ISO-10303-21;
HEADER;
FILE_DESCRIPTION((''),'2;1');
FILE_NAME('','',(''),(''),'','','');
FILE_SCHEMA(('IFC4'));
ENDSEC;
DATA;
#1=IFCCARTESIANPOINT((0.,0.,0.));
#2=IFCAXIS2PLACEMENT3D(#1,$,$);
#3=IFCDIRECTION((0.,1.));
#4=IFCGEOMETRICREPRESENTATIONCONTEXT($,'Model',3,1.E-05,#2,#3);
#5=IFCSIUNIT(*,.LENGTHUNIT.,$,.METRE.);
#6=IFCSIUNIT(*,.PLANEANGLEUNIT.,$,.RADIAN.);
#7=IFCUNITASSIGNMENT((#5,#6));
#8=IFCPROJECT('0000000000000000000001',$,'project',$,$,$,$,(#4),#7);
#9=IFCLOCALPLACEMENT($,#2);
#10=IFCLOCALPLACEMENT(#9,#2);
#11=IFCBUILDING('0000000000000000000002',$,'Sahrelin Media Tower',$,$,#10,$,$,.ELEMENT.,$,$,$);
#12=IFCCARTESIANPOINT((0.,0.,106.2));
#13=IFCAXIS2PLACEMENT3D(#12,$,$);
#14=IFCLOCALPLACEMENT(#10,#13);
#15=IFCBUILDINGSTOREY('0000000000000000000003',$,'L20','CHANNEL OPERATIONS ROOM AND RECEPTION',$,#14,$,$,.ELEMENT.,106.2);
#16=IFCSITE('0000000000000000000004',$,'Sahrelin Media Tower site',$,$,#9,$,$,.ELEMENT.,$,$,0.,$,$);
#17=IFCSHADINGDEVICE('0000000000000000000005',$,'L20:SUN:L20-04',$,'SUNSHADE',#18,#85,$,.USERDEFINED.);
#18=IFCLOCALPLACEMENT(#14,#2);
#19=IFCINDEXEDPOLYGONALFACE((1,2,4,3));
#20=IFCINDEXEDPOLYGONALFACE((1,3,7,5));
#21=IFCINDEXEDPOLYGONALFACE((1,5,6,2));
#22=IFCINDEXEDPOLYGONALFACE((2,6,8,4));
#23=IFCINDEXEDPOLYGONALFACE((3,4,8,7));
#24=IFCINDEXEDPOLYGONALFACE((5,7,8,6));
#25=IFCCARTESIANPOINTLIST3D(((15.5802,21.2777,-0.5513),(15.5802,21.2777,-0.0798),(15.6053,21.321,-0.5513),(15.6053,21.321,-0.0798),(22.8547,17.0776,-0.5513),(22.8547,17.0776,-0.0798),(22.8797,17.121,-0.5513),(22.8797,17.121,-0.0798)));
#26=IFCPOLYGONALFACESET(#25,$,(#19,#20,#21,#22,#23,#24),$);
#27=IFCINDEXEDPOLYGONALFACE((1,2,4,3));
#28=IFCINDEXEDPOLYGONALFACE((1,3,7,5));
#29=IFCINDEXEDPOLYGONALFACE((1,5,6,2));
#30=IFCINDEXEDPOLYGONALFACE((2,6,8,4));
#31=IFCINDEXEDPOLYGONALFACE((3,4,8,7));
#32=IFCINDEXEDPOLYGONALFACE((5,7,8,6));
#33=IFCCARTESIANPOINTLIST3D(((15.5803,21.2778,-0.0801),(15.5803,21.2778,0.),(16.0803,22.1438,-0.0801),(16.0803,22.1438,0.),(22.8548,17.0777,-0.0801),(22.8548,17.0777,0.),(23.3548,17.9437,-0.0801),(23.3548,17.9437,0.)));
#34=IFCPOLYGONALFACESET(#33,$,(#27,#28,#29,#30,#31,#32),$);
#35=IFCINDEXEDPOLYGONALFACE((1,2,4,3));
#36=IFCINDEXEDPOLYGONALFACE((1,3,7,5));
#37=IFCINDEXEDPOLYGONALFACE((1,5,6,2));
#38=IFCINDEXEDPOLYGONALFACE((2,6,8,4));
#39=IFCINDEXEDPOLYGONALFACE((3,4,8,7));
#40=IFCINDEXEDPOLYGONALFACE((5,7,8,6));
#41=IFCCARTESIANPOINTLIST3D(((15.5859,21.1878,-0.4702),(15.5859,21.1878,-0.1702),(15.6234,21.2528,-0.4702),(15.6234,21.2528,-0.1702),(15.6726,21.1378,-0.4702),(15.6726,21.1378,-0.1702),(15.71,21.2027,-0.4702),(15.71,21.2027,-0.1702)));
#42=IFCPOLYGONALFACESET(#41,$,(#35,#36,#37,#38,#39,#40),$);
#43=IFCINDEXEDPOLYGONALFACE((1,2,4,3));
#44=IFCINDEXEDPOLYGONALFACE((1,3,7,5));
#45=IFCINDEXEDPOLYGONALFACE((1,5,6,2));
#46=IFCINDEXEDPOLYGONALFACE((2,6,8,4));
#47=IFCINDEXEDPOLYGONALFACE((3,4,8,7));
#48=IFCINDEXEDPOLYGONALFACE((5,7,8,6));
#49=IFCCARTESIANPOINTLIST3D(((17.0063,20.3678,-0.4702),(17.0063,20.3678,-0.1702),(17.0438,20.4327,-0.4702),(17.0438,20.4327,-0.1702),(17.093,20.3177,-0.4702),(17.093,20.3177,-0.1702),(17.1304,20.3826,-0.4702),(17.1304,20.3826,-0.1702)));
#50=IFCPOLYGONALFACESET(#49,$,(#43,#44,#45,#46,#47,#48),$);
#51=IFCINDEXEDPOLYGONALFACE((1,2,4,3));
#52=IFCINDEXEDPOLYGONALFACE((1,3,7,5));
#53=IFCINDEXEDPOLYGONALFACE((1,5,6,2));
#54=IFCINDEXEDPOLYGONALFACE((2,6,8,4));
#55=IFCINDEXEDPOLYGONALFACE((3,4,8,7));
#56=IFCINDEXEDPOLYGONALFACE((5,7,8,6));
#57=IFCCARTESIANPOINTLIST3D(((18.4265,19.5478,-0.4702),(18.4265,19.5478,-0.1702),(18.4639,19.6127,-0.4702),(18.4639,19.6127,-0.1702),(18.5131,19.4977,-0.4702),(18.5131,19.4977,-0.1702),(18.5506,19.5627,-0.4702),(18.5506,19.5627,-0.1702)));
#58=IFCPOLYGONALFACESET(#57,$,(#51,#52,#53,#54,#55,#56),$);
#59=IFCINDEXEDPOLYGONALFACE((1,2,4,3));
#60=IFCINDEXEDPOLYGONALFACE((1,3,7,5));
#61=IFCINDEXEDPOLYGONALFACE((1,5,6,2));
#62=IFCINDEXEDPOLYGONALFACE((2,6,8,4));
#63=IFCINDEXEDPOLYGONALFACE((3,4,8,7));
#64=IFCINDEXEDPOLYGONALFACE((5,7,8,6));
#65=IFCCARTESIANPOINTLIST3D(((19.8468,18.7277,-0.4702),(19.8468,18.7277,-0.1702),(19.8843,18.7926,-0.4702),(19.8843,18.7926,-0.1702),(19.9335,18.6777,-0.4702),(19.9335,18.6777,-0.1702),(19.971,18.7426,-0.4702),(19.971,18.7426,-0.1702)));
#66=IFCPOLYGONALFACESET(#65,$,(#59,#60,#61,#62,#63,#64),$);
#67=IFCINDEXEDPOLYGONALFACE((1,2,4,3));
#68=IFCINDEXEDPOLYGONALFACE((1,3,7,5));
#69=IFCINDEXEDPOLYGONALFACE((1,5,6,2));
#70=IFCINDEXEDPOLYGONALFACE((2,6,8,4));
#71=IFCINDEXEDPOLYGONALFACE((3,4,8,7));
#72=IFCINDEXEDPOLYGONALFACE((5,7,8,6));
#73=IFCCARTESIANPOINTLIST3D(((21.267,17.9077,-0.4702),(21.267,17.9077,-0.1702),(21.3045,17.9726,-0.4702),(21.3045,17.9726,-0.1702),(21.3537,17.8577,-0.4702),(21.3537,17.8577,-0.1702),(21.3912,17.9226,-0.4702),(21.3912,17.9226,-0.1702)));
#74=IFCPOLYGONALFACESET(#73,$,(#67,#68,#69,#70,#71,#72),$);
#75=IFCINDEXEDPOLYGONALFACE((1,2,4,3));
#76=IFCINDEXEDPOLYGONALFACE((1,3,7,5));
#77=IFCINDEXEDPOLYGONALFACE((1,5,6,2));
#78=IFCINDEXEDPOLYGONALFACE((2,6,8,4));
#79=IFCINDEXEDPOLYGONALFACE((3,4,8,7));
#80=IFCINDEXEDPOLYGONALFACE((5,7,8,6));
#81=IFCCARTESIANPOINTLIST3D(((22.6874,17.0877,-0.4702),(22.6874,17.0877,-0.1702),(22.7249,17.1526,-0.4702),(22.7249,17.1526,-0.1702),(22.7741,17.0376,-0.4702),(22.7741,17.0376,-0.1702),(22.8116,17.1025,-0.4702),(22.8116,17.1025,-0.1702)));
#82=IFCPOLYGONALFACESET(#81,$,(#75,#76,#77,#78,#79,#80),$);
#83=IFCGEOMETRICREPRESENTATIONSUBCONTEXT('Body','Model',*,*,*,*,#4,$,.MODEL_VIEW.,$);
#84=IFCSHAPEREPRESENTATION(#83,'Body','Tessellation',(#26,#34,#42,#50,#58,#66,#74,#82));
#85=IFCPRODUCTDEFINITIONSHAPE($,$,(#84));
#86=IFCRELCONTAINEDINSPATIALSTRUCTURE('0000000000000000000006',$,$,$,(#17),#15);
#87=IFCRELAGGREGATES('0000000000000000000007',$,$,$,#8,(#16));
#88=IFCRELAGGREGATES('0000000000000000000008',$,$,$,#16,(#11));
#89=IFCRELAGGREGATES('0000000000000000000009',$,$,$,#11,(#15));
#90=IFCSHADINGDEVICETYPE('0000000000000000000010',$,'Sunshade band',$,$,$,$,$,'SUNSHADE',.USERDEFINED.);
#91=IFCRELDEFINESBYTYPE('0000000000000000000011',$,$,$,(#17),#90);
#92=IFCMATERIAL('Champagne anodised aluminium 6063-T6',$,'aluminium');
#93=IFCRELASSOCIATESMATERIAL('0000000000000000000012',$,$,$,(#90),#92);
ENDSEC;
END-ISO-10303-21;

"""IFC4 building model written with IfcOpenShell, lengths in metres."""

from ifc_helpers import new_model, si_unit, direction, frame, origin, origin_2d, place, context, subcontext, project, spatial, rectangle, extrude, material, type_object, element, save


model = new_model("IFC4")

# Units and contexts
model_context = context("Model", 3, precision=1e-05, world=origin(), true_north=direction((0.0, 1.0)))
body_context = subcontext(model_context, "Body", "Model", "MODEL_VIEW")
ifc_project = project(units=[si_unit("LENGTHUNIT", "METRE"), si_unit("PLANEANGLEUNIT", "RADIAN")], contexts=[model_context])

# Site, building, storey
site_placement = place(None, origin())
site = spatial("IfcSite", under=ifc_project, at=site_placement, Name="Sahrelin Media Tower site", CompositionType="ELEMENT", RefElevation=0.0)
building_placement = place(site_placement, origin())
building = spatial("IfcBuilding", under=site, at=building_placement, Name="Sahrelin Media Tower", CompositionType="ELEMENT")
storey_placement = place(building_placement, frame((0.0, 0.0, 106.2)))
storey = spatial("IfcBuildingStorey", under=building, at=storey_placement, Name="L20", Description="CHANNEL OPERATIONS ROOM AND RECEPTION", CompositionType="ELEMENT", Elevation=106.2)

# Shared definitions
ifc_material_1 = material(Name="Champagne anodised aluminium 6063-T6", Category="aluminium")

# Shading device
placement_1 = place(storey_placement, frame((19.2075, 19.1604, 0.0), z_axis=(0.0, 0.0, 1.0), x_axis=(0.866019, -0.500011, 0.0)))
shading_device_type_1 = type_object("IfcShadingDeviceType", Name="Sunshade band", ElementType="SUNSHADE", PredefinedType="USERDEFINED", material=ifc_material_1)
element("IfcShadingDevice", 1, at=placement_1, inside=storey, type_object=shading_device_type_1, Name="L20:SUN:L20-04", ObjectType="SUNSHADE", PredefinedType="USERDEFINED", context=body_context, shape_type="SweptSolid", body=[
    extrude(rectangle(XDim=8.3999, YDim=0.05, at=origin_2d()), frame((0.0, 0.0449, -0.5513)), (0.0, 0.0, 1.0), 0.4714),
    extrude(rectangle(XDim=8.3999, YDim=1.0, at=origin_2d()), frame((0.0, 0.52, -0.0801)), (0.0, 0.0, 1.0), 0.0801),
    extrude(rectangle(XDim=0.1001, YDim=0.075, at=origin_2d()), frame((-4.1001, -0.0176, -0.4702)), (0.0, 0.0, 1.0), 0.3),
    extrude(rectangle(XDim=0.1001, YDim=0.075, at=origin_2d()), frame((-2.46, -0.0176, -0.4702)), (0.0, 0.0, 1.0), 0.3),
    extrude(rectangle(XDim=0.1001, YDim=0.075, at=origin_2d()), frame((-0.8201, -0.0176, -0.4702)), (0.0, 0.0, 1.0), 0.3),
    extrude(rectangle(XDim=0.1001, YDim=0.075, at=origin_2d()), frame((0.8201, -0.0176, -0.4702)), (0.0, 0.0, 1.0), 0.3),
    extrude(rectangle(XDim=0.1001, YDim=0.075, at=origin_2d()), frame((2.46, -0.0176, -0.4702)), (0.0, 0.0, 1.0), 0.3),
    extrude(rectangle(XDim=0.1001, YDim=0.075, at=origin_2d()), frame((4.1001, -0.0176, -0.4702)), (0.0, 0.0, 1.0), 0.3),
])

save(model, "model.ifc")
